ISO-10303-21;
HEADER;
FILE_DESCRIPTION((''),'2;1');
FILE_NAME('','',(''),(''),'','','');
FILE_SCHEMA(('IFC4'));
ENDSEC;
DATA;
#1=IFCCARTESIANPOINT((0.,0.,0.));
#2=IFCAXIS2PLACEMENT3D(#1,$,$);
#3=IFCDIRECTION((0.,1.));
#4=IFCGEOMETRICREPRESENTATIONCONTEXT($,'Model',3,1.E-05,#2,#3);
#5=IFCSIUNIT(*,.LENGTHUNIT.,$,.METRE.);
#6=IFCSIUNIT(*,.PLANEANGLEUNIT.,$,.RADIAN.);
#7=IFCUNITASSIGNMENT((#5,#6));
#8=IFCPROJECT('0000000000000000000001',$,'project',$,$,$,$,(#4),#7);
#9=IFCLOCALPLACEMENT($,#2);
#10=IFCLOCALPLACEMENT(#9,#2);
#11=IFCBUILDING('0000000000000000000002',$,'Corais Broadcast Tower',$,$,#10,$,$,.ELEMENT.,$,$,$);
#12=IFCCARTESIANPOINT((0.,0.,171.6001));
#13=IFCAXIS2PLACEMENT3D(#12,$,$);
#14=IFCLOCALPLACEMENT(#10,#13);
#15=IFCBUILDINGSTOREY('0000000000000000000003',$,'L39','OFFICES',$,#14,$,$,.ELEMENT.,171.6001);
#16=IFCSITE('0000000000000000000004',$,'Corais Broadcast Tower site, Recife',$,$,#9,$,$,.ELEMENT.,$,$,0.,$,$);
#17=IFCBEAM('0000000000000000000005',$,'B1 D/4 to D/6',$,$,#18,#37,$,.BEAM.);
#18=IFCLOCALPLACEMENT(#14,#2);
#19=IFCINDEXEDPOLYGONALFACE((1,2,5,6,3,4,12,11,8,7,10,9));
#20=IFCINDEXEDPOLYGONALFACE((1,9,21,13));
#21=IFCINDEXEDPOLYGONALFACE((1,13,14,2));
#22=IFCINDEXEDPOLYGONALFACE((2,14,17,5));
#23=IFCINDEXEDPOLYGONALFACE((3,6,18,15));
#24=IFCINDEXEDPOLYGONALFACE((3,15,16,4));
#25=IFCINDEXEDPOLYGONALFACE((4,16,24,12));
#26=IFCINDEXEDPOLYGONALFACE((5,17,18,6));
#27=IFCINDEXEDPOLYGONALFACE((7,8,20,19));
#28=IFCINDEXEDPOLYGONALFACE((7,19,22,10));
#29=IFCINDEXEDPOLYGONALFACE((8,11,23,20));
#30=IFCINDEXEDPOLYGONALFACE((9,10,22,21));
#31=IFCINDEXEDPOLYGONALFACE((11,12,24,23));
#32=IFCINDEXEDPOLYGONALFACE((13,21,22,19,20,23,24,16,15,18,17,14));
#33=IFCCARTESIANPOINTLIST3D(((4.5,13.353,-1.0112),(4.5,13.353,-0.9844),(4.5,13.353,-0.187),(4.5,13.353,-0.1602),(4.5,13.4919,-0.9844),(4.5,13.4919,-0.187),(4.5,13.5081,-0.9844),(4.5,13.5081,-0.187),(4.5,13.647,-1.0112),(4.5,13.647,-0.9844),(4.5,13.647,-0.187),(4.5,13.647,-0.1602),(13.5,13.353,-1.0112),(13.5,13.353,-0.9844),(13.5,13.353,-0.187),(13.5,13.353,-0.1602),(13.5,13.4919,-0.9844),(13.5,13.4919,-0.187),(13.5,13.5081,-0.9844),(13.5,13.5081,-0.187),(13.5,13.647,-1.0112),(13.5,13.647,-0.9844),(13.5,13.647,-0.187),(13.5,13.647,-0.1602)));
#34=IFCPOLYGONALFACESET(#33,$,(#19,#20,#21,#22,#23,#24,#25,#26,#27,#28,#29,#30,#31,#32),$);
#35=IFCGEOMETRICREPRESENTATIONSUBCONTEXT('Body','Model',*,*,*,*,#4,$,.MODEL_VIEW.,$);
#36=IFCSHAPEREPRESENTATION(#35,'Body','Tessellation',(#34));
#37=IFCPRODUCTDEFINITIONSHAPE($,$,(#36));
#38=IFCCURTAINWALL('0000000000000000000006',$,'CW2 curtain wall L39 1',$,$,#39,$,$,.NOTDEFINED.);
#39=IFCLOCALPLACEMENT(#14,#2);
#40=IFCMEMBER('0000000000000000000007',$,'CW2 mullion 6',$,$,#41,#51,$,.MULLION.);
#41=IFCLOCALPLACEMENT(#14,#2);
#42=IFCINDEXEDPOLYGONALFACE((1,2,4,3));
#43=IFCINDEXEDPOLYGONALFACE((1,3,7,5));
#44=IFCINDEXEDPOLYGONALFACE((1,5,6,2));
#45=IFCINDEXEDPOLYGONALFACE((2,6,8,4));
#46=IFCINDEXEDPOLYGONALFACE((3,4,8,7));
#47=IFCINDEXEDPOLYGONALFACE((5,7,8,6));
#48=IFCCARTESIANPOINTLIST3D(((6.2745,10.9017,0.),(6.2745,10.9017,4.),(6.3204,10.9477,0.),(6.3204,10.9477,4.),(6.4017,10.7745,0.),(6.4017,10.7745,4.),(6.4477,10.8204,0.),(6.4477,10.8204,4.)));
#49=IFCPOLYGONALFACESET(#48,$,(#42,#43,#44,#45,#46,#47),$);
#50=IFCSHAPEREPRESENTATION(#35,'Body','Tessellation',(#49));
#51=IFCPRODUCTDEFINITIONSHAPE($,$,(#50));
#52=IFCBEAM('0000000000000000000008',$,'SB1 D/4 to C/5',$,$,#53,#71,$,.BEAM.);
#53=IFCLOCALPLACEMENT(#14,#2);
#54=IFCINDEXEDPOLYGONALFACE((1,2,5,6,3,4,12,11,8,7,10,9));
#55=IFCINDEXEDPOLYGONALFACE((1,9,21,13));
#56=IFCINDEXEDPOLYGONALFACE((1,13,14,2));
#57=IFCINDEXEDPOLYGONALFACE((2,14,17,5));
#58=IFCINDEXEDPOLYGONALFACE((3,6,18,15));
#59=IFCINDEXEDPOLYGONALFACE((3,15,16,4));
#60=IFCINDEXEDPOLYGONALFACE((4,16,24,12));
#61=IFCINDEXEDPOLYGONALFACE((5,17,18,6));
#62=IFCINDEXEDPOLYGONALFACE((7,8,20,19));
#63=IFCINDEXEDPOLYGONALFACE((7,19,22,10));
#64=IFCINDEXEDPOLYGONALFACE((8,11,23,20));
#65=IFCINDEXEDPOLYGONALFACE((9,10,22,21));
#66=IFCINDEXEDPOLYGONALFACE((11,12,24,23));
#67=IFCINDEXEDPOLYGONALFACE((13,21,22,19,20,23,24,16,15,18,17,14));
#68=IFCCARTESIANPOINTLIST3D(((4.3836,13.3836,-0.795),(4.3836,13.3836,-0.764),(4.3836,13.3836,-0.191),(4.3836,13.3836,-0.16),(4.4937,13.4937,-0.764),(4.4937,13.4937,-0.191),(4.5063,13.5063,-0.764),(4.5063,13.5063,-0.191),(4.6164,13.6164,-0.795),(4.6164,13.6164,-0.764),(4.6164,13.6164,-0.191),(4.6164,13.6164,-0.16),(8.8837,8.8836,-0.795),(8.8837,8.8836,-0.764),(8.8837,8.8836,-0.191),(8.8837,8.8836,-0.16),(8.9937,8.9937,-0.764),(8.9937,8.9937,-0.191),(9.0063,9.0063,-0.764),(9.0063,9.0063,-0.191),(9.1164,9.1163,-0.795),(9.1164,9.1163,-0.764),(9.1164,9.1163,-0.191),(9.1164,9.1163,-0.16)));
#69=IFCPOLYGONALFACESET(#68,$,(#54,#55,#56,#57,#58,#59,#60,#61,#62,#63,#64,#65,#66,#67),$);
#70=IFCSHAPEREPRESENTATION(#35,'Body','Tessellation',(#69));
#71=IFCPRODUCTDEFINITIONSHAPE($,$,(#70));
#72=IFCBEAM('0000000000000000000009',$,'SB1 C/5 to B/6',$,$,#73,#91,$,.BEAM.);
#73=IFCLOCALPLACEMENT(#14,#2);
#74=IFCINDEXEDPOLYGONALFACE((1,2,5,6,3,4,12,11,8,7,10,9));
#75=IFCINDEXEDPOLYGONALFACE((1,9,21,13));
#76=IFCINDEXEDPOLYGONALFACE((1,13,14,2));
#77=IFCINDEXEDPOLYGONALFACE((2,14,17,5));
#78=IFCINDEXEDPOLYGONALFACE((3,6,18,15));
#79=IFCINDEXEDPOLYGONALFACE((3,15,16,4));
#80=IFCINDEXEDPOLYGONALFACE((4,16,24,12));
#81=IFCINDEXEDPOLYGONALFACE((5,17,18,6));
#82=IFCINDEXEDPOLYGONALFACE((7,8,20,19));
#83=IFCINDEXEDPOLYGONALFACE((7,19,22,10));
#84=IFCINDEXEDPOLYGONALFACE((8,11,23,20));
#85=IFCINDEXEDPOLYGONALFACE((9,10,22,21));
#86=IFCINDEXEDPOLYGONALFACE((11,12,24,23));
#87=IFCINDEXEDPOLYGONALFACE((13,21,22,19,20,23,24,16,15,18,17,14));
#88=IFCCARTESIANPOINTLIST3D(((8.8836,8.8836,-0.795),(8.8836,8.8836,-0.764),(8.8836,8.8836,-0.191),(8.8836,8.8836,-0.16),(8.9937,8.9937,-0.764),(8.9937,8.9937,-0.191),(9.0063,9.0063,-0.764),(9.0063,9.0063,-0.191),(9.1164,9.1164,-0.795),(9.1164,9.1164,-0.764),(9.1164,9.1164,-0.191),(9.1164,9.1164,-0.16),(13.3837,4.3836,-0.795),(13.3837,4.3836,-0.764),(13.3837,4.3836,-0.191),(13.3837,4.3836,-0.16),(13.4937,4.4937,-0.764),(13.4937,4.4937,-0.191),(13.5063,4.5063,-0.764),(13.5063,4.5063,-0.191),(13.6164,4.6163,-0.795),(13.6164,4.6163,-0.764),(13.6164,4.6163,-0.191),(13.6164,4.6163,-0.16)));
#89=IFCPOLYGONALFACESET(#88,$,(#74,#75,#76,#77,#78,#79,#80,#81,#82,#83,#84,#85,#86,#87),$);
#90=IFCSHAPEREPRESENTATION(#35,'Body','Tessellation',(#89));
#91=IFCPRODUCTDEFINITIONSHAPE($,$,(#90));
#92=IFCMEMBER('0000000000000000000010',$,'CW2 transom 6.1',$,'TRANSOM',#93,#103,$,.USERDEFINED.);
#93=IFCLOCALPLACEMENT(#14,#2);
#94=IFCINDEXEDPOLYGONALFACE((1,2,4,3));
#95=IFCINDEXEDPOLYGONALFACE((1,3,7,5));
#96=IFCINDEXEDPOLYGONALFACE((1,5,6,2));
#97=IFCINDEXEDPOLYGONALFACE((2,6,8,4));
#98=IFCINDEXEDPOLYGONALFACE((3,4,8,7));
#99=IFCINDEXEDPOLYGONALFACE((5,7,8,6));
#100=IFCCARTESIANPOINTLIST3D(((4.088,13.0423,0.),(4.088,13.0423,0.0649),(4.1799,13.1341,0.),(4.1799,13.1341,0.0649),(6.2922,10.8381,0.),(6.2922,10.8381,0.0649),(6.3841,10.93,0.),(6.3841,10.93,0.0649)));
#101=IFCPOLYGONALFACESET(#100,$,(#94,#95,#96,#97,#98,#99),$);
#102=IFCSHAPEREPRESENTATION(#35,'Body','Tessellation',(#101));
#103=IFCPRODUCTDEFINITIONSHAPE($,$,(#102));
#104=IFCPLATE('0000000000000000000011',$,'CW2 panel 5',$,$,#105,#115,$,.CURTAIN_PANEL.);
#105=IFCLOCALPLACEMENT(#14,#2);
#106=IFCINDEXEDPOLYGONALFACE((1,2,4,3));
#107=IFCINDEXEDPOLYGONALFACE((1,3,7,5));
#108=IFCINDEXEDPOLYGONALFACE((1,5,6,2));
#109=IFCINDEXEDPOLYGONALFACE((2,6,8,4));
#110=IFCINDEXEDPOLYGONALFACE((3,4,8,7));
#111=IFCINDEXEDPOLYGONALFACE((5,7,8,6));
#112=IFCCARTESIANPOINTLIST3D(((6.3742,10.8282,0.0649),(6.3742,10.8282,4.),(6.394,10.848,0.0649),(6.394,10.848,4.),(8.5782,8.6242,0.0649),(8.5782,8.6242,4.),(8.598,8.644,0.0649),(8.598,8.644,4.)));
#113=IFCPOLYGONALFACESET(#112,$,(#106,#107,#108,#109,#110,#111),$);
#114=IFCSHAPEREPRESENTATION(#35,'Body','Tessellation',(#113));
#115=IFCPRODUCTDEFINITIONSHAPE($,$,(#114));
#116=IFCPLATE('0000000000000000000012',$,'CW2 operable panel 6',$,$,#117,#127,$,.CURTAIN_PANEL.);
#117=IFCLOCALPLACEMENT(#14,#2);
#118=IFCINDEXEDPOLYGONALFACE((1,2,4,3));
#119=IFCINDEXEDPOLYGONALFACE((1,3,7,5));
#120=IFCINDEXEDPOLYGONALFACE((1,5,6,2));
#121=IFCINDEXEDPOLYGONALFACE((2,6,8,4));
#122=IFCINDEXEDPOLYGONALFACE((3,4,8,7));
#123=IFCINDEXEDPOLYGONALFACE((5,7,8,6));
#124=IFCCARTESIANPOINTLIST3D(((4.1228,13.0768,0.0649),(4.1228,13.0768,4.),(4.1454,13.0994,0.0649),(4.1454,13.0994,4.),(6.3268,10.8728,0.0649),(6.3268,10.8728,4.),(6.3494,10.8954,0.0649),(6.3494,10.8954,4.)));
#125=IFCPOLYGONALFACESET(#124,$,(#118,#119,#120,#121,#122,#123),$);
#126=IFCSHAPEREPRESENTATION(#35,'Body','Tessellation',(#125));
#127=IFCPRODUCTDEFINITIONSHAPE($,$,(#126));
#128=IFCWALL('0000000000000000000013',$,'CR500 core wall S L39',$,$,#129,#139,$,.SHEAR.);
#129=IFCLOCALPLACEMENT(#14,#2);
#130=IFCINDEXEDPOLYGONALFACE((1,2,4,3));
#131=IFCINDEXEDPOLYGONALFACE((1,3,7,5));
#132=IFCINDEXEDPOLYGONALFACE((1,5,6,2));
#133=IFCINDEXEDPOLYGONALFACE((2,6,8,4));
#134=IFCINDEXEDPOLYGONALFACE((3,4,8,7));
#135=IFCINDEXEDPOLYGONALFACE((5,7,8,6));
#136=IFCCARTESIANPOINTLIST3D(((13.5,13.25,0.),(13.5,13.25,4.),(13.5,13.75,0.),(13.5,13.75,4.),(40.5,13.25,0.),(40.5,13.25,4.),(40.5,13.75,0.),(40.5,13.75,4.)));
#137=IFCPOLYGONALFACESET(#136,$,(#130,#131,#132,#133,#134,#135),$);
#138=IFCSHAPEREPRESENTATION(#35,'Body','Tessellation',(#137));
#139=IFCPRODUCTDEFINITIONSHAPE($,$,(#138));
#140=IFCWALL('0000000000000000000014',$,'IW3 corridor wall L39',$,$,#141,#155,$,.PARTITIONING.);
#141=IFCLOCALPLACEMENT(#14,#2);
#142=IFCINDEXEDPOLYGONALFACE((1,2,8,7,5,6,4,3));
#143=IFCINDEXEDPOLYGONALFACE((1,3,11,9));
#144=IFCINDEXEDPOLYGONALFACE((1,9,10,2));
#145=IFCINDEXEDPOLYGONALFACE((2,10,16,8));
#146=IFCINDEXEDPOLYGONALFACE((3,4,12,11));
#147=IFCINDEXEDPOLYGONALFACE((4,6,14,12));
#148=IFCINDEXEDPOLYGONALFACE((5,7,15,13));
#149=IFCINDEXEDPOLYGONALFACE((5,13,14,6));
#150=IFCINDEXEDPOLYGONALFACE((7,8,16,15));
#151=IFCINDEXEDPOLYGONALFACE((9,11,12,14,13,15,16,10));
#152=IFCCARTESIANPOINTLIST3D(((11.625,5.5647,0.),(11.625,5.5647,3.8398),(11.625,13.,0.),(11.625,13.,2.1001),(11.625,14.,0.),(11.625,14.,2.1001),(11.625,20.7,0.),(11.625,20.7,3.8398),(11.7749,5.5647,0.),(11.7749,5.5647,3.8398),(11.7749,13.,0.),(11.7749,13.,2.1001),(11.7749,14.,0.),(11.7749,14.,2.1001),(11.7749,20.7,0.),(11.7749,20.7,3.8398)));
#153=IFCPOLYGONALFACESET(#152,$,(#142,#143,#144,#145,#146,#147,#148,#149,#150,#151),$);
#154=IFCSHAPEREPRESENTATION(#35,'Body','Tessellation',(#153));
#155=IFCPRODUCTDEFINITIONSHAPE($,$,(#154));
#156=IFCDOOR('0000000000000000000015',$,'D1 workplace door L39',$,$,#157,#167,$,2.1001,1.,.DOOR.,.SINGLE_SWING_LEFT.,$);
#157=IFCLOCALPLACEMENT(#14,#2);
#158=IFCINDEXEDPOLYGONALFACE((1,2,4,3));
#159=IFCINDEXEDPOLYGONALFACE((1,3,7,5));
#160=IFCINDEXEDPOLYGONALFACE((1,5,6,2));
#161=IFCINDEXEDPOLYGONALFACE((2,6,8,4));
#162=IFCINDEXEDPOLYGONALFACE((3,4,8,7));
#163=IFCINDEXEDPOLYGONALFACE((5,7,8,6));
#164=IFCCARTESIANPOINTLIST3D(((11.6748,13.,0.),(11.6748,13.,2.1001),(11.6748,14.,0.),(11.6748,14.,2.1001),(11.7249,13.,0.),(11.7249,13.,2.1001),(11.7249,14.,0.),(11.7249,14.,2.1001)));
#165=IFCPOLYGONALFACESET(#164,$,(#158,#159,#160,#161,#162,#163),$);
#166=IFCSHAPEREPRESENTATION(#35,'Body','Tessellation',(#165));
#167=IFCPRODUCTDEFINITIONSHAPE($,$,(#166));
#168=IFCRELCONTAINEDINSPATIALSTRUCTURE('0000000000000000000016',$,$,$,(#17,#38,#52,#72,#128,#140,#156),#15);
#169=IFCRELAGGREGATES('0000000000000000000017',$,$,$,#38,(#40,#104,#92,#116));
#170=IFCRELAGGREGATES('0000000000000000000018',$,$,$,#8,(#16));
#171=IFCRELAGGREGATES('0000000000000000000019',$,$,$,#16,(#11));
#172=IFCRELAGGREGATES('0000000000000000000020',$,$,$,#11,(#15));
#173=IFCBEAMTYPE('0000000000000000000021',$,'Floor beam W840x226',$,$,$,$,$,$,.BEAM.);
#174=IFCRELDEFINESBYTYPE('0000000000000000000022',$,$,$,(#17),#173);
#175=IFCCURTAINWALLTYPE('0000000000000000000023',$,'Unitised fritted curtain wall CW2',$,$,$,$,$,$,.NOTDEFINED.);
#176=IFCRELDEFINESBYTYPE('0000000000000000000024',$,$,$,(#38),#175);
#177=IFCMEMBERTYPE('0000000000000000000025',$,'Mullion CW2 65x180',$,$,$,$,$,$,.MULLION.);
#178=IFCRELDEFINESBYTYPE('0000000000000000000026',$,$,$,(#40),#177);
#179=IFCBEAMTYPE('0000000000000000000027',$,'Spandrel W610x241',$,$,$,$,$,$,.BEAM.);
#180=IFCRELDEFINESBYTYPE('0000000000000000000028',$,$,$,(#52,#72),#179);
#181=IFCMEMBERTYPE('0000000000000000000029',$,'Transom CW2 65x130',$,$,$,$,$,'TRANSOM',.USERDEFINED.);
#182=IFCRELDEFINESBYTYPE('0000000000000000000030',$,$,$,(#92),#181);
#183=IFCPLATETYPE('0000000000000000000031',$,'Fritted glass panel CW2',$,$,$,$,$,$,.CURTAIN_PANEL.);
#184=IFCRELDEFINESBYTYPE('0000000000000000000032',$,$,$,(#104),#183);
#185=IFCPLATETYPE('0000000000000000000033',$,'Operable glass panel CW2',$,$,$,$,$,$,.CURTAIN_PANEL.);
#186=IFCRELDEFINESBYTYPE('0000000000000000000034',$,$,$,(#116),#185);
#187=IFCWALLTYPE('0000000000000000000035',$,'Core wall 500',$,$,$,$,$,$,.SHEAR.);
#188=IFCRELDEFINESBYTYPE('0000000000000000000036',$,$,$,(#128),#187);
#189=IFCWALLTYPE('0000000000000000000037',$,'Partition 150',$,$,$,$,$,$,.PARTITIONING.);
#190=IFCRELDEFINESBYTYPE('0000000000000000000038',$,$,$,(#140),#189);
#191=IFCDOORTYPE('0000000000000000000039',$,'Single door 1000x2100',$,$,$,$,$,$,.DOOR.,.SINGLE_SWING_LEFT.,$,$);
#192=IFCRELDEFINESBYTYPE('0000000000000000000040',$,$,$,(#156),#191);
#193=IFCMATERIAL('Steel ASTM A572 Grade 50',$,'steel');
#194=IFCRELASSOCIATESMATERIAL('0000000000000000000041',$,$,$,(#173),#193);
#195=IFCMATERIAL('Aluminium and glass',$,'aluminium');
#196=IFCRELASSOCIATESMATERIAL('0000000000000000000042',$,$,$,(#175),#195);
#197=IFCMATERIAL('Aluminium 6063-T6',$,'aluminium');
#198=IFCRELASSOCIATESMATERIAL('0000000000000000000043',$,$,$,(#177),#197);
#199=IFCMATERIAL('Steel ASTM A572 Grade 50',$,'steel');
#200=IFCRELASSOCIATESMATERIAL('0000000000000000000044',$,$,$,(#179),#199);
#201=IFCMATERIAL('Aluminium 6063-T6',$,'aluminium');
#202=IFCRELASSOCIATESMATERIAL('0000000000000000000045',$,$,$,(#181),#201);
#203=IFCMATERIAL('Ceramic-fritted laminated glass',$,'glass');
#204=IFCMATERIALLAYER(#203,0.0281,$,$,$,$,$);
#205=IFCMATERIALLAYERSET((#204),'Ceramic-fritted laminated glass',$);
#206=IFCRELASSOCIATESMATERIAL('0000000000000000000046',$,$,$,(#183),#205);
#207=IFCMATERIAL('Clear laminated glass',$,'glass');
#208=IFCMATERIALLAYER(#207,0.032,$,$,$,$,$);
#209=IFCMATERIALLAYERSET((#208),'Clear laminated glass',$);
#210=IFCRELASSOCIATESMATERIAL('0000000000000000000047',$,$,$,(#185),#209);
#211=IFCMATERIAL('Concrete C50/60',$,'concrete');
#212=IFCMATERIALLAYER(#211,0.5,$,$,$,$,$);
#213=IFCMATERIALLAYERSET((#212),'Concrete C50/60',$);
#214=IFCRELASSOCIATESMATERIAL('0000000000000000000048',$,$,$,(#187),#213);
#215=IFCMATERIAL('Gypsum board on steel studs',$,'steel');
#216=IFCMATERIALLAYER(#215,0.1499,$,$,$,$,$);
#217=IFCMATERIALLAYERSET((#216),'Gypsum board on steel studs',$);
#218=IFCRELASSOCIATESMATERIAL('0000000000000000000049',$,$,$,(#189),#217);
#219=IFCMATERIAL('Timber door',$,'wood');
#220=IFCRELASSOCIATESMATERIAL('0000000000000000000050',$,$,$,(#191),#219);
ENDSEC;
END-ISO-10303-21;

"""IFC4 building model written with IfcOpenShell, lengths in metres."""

from ifc_helpers import new_model, si_unit, direction, frame, frame_2d, origin, origin_2d, place, context, subcontext, project, spatial, rectangle, i_section, extrude, material, layer, layer_set, material_profile, profile_set, type_object, element, fill, aggregate, save


model = new_model("IFC4")

# Units and contexts
model_context = context("Model", 3, precision=1e-05, world=origin(), true_north=direction((0.0, 1.0)))
body_context = subcontext(model_context, "Body", "Model", "MODEL_VIEW")
ifc_project = project(units=[si_unit("LENGTHUNIT", "METRE"), si_unit("PLANEANGLEUNIT", "RADIAN")], contexts=[model_context])

# Site, building, storey
site_placement = place(None, origin())
site = spatial("IfcSite", under=ifc_project, at=site_placement, Name="Corais Broadcast Tower site, Recife", CompositionType="ELEMENT", RefElevation=0.0)
building_placement = place(site_placement, origin())
building = spatial("IfcBuilding", under=site, at=building_placement, Name="Corais Broadcast Tower", CompositionType="ELEMENT")
storey_placement = place(building_placement, frame((0.0, 0.0, 171.6001)))
storey = spatial("IfcBuildingStorey", under=building, at=storey_placement, Name="L39", Description="OFFICES", CompositionType="ELEMENT", Elevation=171.6001)

# Beam
ifc_material_1 = material(Name="Steel ASTM A572 Grade 50", Category="steel")
ifc_material_profile_1 = material_profile(ifc_material_1, i_section(OverallWidth=0.2939, OverallDepth=0.8511, WebThickness=0.0161, FlangeThickness=0.0269, at=origin_2d()), Name="W840x226")
ifc_profile_set_1 = profile_set([ifc_material_profile_1], Name="Steel ASTM A572 Grade 50")
beam_type_1 = type_object("IfcBeamType", Name="Floor beam W840x226", PredefinedType="BEAM", material=ifc_profile_set_1)
beam_placement = place(storey_placement, frame((4.5, 13.5, -0.5857), z_axis=(1.0, 0.0, 0.0), x_axis=(0.0, 1.0, 0.0)))
element("IfcBeam", 1, at=beam_placement, inside=storey, type_object=beam_type_1, Name="B1 D/4 to D/6", PredefinedType="BEAM", context=body_context, shape_type="SweptSolid", body=[
    extrude(i_section(OverallWidth=0.2939, OverallDepth=0.8511, WebThickness=0.0161, FlangeThickness=0.0269, at=origin_2d()), origin(), (0.0, 0.0, 1.0), 9.0),
])

# Curtain wall, member
ifc_material_2 = material(Name="Aluminium and glass", Category="aluminium")
curtain_wall_type = type_object("IfcCurtainWallType", Name="Unitised fritted curtain wall CW2", PredefinedType="NOTDEFINED", material=ifc_material_2)
curtain_wall_placement = place(storey_placement, origin())
curtain_wall = element("IfcCurtainWall", 2, at=curtain_wall_placement, inside=storey, type_object=curtain_wall_type, Name="CW2 curtain wall L39 1", PredefinedType="NOTDEFINED")
ifc_material_3 = material(Name="Aluminium 6063-T6", Category="aluminium")
ifc_material_profile_2 = material_profile(ifc_material_3, rectangle(XDim=0.0649, YDim=0.1799, at=origin_2d()), Name="Mullion CW2 65x180")
ifc_profile_set_2 = profile_set([ifc_material_profile_2], Name="Aluminium 6063-T6")
member_type_1 = type_object("IfcMemberType", Name="Mullion CW2 65x180", PredefinedType="MULLION", material=ifc_profile_set_2)
member_1_placement = place(storey_placement, frame((6.3611, 10.8611, 0.0), z_axis=(0.0, 0.0, 1.0), x_axis=(-0.707107, -0.707107, 0.0)))
member_1 = element("IfcMember", 3, at=member_1_placement, type_object=member_type_1, Name="CW2 mullion 6", PredefinedType="MULLION", context=body_context, shape_type="SweptSolid", body=[
    extrude(rectangle(XDim=0.0649, YDim=0.1799, at=origin_2d()), origin(), (0.0, 0.0, 1.0), 4.0),
])

# Beams
ifc_material_4 = material(Name="Steel ASTM A572 Grade 50", Category="steel")
ifc_material_profile_3 = material_profile(ifc_material_4, i_section(OverallWidth=0.3291, OverallDepth=0.635, WebThickness=0.0178, FlangeThickness=0.031, at=origin_2d()), Name="W610x241")
ifc_profile_set_3 = profile_set([ifc_material_profile_3], Name="Steel ASTM A572 Grade 50")
beam_type_2 = type_object("IfcBeamType", Name="Spandrel W610x241", PredefinedType="BEAM", material=ifc_profile_set_3)
for number, where, z_axis, x_axis, name in (
    (4, (4.5, 13.5, -0.4775), (0.707107, -0.707107, 0.0), (0.707107, 0.707107, 0.0), "SB1 D/4 to C/5"),
    (5, (9.0, 9.0, -0.4775), (0.707107, -0.707107, 0.0), (0.707107, 0.707107, 0.0), "SB1 C/5 to B/6"),
):
    element("IfcBeam", number, at=place(storey_placement, frame(where, z_axis=z_axis, x_axis=x_axis)), inside=storey, type_object=beam_type_2, Name=name, PredefinedType="BEAM", context=body_context, shape_type="SweptSolid", body=[
        extrude(i_section(OverallWidth=0.3291, OverallDepth=0.635, WebThickness=0.0178, FlangeThickness=0.031, at=origin_2d()), origin(), (0.0, 0.0, 1.0), 6.364),
    ])

# Member
ifc_material_5 = material(Name="Aluminium 6063-T6", Category="aluminium")
ifc_material_profile_4 = material_profile(ifc_material_5, rectangle(XDim=0.1299, YDim=0.0649, at=origin_2d()), Name="Transom CW2 65x130")
ifc_profile_set_4 = profile_set([ifc_material_profile_4], Name="Aluminium 6063-T6")
member_type_2 = type_object("IfcMemberType", Name="Transom CW2 65x130", ElementType="TRANSOM", PredefinedType="USERDEFINED", material=ifc_profile_set_4)
member_2_placement = place(storey_placement, frame((6.3381, 10.884, 0.0325), z_axis=(-0.707107, 0.707107, 0.0), x_axis=(-0.707107, -0.707107, 0.0)))
member_2 = element("IfcMember", 6, at=member_2_placement, type_object=member_type_2, Name="CW2 transom 6.1", ObjectType="TRANSOM", PredefinedType="USERDEFINED", context=body_context, shape_type="SweptSolid", body=[
    extrude(rectangle(XDim=0.1299, YDim=0.0649, at=origin_2d()), origin(), (0.0, 0.0, 1.0), 3.1172),
])

# Plates
ifc_material_6 = material(Name="Ceramic-fritted laminated glass", Category="glass")
ifc_layer_1 = layer(ifc_material_6, 0.0281)
ifc_layer_set_1 = layer_set([ifc_layer_1], Name="Ceramic-fritted laminated glass")
plate_type_1 = type_object("IfcPlateType", Name="Fritted glass panel CW2", PredefinedType="CURTAIN_PANEL", material=ifc_layer_set_1)
plate_1_placement = place(storey_placement, frame((7.4861, 9.7361, 0.0649), z_axis=(0.0, 0.0, 1.0), x_axis=(-0.707107, 0.707107, 0.0)))
plate_1 = element("IfcPlate", 7, at=plate_1_placement, type_object=plate_type_1, Name="CW2 panel 5", PredefinedType="CURTAIN_PANEL", context=body_context, shape_type="SweptSolid", body=[
    extrude(rectangle(XDim=3.1169, YDim=0.0281, at=origin_2d()), origin(), (0.0, 0.0, 1.0), 3.9351),
])
ifc_material_7 = material(Name="Clear laminated glass", Category="glass")
ifc_layer_2 = layer(ifc_material_7, 0.032)
ifc_layer_set_2 = layer_set([ifc_layer_2], Name="Clear laminated glass")
plate_type_2 = type_object("IfcPlateType", Name="Operable glass panel CW2", PredefinedType="CURTAIN_PANEL", material=ifc_layer_set_2)
plate_2_placement = place(storey_placement, frame((5.2361, 11.9861, 0.0649), z_axis=(0.0, 0.0, 1.0), x_axis=(-0.707107, 0.707107, 0.0)))
plate_2 = element("IfcPlate", 8, at=plate_2_placement, type_object=plate_type_2, Name="CW2 operable panel 6", PredefinedType="CURTAIN_PANEL", context=body_context, shape_type="SweptSolid", body=[
    extrude(rectangle(XDim=3.1169, YDim=0.032, at=origin_2d()), origin(), (0.0, 0.0, 1.0), 3.9351),
])
aggregate(curtain_wall, [member_1, plate_1, member_2, plate_2])

# Wall
ifc_material_8 = material(Name="Concrete C50/60", Category="concrete")
ifc_layer_3 = layer(ifc_material_8, 0.5)
ifc_layer_set_3 = layer_set([ifc_layer_3], Name="Concrete C50/60")
wall_type_1 = type_object("IfcWallType", Name="Core wall 500", PredefinedType="SHEAR", material=ifc_layer_set_3)
wall_1_placement = place(storey_placement, frame((13.5, 13.5, 0.0), z_axis=(0.0, 0.0, 1.0), x_axis=(1.0, 0.0, 0.0)))
element("IfcWall", 9, at=wall_1_placement, inside=storey, type_object=wall_type_1, Name="CR500 core wall S L39", PredefinedType="SHEAR", context=body_context, shape_type="SweptSolid", body=[
    extrude(rectangle(XDim=27.0, YDim=0.5, at=frame_2d((13.5, 0.0))), origin(), (0.0, 0.0, 1.0), 4.0),
])

# Wall, opening, door
ifc_material_9 = material(Name="Gypsum board on steel studs", Category="steel")
ifc_layer_4 = layer(ifc_material_9, 0.1499)
ifc_layer_set_4 = layer_set([ifc_layer_4], Name="Gypsum board on steel studs")
wall_type_2 = type_object("IfcWallType", Name="Partition 150", PredefinedType="PARTITIONING", material=ifc_layer_set_4)
wall_2_placement = place(storey_placement, frame((11.7, 20.7, 0.0), z_axis=(0.0, 0.0, 1.0), x_axis=(0.0, -1.0, 0.0)))
wall_2 = element("IfcWall", 10, at=wall_2_placement, inside=storey, type_object=wall_type_2, Name="IW3 corridor wall L39", PredefinedType="PARTITIONING", context=body_context, shape_type="SweptSolid", body=[
    extrude(rectangle(XDim=15.1353, YDim=0.1499, at=frame_2d((7.5676, 0.0))), origin(), (0.0, 0.0, 1.0), 3.8398),
])
opening_1_placement = place(wall_2_placement, frame((6.7, 0.0, 0.0)))
opening_1 = element("IfcOpeningElement", 11, at=opening_1_placement, cuts=wall_2, PredefinedType="OPENING", context=body_context, shape_type="SweptSolid", body=[
    extrude(rectangle(XDim=1.0, YDim=2.1001, at=frame_2d((0.5, 1.05))), frame((0.0, 0.085, 0.0), z_axis=(0.0, -1.0, 0.0), x_axis=(1.0, 0.0, 0.0)), (0.0, 0.0, 1.0), 0.1699),
])
ifc_material_10 = material(Name="Timber door", Category="wood")
door_type = type_object("IfcDoorType", Name="Single door 1000x2100", OperationType="SINGLE_SWING_LEFT", PredefinedType="DOOR", material=ifc_material_10)
door_1_placement = place(opening_1_placement, origin())
door_1 = element("IfcDoor", 12, at=door_1_placement, inside=storey, type_object=door_type, Name="D1 workplace door L39", OperationType="SINGLE_SWING_LEFT", OverallHeight=2.1001, OverallWidth=1.0, PredefinedType="DOOR", context=body_context, shape_type="SweptSolid", body=[
    extrude(rectangle(XDim=1.0, YDim=2.1001, at=frame_2d((0.5, 1.05))), frame((0.0, 0.0249, 0.0), z_axis=(0.0, -1.0, 0.0), x_axis=(1.0, 0.0, 0.0)), (0.0, 0.0, 1.0), 0.05),
])
fill(opening_1, door_1)

save(model, "model.ifc")
